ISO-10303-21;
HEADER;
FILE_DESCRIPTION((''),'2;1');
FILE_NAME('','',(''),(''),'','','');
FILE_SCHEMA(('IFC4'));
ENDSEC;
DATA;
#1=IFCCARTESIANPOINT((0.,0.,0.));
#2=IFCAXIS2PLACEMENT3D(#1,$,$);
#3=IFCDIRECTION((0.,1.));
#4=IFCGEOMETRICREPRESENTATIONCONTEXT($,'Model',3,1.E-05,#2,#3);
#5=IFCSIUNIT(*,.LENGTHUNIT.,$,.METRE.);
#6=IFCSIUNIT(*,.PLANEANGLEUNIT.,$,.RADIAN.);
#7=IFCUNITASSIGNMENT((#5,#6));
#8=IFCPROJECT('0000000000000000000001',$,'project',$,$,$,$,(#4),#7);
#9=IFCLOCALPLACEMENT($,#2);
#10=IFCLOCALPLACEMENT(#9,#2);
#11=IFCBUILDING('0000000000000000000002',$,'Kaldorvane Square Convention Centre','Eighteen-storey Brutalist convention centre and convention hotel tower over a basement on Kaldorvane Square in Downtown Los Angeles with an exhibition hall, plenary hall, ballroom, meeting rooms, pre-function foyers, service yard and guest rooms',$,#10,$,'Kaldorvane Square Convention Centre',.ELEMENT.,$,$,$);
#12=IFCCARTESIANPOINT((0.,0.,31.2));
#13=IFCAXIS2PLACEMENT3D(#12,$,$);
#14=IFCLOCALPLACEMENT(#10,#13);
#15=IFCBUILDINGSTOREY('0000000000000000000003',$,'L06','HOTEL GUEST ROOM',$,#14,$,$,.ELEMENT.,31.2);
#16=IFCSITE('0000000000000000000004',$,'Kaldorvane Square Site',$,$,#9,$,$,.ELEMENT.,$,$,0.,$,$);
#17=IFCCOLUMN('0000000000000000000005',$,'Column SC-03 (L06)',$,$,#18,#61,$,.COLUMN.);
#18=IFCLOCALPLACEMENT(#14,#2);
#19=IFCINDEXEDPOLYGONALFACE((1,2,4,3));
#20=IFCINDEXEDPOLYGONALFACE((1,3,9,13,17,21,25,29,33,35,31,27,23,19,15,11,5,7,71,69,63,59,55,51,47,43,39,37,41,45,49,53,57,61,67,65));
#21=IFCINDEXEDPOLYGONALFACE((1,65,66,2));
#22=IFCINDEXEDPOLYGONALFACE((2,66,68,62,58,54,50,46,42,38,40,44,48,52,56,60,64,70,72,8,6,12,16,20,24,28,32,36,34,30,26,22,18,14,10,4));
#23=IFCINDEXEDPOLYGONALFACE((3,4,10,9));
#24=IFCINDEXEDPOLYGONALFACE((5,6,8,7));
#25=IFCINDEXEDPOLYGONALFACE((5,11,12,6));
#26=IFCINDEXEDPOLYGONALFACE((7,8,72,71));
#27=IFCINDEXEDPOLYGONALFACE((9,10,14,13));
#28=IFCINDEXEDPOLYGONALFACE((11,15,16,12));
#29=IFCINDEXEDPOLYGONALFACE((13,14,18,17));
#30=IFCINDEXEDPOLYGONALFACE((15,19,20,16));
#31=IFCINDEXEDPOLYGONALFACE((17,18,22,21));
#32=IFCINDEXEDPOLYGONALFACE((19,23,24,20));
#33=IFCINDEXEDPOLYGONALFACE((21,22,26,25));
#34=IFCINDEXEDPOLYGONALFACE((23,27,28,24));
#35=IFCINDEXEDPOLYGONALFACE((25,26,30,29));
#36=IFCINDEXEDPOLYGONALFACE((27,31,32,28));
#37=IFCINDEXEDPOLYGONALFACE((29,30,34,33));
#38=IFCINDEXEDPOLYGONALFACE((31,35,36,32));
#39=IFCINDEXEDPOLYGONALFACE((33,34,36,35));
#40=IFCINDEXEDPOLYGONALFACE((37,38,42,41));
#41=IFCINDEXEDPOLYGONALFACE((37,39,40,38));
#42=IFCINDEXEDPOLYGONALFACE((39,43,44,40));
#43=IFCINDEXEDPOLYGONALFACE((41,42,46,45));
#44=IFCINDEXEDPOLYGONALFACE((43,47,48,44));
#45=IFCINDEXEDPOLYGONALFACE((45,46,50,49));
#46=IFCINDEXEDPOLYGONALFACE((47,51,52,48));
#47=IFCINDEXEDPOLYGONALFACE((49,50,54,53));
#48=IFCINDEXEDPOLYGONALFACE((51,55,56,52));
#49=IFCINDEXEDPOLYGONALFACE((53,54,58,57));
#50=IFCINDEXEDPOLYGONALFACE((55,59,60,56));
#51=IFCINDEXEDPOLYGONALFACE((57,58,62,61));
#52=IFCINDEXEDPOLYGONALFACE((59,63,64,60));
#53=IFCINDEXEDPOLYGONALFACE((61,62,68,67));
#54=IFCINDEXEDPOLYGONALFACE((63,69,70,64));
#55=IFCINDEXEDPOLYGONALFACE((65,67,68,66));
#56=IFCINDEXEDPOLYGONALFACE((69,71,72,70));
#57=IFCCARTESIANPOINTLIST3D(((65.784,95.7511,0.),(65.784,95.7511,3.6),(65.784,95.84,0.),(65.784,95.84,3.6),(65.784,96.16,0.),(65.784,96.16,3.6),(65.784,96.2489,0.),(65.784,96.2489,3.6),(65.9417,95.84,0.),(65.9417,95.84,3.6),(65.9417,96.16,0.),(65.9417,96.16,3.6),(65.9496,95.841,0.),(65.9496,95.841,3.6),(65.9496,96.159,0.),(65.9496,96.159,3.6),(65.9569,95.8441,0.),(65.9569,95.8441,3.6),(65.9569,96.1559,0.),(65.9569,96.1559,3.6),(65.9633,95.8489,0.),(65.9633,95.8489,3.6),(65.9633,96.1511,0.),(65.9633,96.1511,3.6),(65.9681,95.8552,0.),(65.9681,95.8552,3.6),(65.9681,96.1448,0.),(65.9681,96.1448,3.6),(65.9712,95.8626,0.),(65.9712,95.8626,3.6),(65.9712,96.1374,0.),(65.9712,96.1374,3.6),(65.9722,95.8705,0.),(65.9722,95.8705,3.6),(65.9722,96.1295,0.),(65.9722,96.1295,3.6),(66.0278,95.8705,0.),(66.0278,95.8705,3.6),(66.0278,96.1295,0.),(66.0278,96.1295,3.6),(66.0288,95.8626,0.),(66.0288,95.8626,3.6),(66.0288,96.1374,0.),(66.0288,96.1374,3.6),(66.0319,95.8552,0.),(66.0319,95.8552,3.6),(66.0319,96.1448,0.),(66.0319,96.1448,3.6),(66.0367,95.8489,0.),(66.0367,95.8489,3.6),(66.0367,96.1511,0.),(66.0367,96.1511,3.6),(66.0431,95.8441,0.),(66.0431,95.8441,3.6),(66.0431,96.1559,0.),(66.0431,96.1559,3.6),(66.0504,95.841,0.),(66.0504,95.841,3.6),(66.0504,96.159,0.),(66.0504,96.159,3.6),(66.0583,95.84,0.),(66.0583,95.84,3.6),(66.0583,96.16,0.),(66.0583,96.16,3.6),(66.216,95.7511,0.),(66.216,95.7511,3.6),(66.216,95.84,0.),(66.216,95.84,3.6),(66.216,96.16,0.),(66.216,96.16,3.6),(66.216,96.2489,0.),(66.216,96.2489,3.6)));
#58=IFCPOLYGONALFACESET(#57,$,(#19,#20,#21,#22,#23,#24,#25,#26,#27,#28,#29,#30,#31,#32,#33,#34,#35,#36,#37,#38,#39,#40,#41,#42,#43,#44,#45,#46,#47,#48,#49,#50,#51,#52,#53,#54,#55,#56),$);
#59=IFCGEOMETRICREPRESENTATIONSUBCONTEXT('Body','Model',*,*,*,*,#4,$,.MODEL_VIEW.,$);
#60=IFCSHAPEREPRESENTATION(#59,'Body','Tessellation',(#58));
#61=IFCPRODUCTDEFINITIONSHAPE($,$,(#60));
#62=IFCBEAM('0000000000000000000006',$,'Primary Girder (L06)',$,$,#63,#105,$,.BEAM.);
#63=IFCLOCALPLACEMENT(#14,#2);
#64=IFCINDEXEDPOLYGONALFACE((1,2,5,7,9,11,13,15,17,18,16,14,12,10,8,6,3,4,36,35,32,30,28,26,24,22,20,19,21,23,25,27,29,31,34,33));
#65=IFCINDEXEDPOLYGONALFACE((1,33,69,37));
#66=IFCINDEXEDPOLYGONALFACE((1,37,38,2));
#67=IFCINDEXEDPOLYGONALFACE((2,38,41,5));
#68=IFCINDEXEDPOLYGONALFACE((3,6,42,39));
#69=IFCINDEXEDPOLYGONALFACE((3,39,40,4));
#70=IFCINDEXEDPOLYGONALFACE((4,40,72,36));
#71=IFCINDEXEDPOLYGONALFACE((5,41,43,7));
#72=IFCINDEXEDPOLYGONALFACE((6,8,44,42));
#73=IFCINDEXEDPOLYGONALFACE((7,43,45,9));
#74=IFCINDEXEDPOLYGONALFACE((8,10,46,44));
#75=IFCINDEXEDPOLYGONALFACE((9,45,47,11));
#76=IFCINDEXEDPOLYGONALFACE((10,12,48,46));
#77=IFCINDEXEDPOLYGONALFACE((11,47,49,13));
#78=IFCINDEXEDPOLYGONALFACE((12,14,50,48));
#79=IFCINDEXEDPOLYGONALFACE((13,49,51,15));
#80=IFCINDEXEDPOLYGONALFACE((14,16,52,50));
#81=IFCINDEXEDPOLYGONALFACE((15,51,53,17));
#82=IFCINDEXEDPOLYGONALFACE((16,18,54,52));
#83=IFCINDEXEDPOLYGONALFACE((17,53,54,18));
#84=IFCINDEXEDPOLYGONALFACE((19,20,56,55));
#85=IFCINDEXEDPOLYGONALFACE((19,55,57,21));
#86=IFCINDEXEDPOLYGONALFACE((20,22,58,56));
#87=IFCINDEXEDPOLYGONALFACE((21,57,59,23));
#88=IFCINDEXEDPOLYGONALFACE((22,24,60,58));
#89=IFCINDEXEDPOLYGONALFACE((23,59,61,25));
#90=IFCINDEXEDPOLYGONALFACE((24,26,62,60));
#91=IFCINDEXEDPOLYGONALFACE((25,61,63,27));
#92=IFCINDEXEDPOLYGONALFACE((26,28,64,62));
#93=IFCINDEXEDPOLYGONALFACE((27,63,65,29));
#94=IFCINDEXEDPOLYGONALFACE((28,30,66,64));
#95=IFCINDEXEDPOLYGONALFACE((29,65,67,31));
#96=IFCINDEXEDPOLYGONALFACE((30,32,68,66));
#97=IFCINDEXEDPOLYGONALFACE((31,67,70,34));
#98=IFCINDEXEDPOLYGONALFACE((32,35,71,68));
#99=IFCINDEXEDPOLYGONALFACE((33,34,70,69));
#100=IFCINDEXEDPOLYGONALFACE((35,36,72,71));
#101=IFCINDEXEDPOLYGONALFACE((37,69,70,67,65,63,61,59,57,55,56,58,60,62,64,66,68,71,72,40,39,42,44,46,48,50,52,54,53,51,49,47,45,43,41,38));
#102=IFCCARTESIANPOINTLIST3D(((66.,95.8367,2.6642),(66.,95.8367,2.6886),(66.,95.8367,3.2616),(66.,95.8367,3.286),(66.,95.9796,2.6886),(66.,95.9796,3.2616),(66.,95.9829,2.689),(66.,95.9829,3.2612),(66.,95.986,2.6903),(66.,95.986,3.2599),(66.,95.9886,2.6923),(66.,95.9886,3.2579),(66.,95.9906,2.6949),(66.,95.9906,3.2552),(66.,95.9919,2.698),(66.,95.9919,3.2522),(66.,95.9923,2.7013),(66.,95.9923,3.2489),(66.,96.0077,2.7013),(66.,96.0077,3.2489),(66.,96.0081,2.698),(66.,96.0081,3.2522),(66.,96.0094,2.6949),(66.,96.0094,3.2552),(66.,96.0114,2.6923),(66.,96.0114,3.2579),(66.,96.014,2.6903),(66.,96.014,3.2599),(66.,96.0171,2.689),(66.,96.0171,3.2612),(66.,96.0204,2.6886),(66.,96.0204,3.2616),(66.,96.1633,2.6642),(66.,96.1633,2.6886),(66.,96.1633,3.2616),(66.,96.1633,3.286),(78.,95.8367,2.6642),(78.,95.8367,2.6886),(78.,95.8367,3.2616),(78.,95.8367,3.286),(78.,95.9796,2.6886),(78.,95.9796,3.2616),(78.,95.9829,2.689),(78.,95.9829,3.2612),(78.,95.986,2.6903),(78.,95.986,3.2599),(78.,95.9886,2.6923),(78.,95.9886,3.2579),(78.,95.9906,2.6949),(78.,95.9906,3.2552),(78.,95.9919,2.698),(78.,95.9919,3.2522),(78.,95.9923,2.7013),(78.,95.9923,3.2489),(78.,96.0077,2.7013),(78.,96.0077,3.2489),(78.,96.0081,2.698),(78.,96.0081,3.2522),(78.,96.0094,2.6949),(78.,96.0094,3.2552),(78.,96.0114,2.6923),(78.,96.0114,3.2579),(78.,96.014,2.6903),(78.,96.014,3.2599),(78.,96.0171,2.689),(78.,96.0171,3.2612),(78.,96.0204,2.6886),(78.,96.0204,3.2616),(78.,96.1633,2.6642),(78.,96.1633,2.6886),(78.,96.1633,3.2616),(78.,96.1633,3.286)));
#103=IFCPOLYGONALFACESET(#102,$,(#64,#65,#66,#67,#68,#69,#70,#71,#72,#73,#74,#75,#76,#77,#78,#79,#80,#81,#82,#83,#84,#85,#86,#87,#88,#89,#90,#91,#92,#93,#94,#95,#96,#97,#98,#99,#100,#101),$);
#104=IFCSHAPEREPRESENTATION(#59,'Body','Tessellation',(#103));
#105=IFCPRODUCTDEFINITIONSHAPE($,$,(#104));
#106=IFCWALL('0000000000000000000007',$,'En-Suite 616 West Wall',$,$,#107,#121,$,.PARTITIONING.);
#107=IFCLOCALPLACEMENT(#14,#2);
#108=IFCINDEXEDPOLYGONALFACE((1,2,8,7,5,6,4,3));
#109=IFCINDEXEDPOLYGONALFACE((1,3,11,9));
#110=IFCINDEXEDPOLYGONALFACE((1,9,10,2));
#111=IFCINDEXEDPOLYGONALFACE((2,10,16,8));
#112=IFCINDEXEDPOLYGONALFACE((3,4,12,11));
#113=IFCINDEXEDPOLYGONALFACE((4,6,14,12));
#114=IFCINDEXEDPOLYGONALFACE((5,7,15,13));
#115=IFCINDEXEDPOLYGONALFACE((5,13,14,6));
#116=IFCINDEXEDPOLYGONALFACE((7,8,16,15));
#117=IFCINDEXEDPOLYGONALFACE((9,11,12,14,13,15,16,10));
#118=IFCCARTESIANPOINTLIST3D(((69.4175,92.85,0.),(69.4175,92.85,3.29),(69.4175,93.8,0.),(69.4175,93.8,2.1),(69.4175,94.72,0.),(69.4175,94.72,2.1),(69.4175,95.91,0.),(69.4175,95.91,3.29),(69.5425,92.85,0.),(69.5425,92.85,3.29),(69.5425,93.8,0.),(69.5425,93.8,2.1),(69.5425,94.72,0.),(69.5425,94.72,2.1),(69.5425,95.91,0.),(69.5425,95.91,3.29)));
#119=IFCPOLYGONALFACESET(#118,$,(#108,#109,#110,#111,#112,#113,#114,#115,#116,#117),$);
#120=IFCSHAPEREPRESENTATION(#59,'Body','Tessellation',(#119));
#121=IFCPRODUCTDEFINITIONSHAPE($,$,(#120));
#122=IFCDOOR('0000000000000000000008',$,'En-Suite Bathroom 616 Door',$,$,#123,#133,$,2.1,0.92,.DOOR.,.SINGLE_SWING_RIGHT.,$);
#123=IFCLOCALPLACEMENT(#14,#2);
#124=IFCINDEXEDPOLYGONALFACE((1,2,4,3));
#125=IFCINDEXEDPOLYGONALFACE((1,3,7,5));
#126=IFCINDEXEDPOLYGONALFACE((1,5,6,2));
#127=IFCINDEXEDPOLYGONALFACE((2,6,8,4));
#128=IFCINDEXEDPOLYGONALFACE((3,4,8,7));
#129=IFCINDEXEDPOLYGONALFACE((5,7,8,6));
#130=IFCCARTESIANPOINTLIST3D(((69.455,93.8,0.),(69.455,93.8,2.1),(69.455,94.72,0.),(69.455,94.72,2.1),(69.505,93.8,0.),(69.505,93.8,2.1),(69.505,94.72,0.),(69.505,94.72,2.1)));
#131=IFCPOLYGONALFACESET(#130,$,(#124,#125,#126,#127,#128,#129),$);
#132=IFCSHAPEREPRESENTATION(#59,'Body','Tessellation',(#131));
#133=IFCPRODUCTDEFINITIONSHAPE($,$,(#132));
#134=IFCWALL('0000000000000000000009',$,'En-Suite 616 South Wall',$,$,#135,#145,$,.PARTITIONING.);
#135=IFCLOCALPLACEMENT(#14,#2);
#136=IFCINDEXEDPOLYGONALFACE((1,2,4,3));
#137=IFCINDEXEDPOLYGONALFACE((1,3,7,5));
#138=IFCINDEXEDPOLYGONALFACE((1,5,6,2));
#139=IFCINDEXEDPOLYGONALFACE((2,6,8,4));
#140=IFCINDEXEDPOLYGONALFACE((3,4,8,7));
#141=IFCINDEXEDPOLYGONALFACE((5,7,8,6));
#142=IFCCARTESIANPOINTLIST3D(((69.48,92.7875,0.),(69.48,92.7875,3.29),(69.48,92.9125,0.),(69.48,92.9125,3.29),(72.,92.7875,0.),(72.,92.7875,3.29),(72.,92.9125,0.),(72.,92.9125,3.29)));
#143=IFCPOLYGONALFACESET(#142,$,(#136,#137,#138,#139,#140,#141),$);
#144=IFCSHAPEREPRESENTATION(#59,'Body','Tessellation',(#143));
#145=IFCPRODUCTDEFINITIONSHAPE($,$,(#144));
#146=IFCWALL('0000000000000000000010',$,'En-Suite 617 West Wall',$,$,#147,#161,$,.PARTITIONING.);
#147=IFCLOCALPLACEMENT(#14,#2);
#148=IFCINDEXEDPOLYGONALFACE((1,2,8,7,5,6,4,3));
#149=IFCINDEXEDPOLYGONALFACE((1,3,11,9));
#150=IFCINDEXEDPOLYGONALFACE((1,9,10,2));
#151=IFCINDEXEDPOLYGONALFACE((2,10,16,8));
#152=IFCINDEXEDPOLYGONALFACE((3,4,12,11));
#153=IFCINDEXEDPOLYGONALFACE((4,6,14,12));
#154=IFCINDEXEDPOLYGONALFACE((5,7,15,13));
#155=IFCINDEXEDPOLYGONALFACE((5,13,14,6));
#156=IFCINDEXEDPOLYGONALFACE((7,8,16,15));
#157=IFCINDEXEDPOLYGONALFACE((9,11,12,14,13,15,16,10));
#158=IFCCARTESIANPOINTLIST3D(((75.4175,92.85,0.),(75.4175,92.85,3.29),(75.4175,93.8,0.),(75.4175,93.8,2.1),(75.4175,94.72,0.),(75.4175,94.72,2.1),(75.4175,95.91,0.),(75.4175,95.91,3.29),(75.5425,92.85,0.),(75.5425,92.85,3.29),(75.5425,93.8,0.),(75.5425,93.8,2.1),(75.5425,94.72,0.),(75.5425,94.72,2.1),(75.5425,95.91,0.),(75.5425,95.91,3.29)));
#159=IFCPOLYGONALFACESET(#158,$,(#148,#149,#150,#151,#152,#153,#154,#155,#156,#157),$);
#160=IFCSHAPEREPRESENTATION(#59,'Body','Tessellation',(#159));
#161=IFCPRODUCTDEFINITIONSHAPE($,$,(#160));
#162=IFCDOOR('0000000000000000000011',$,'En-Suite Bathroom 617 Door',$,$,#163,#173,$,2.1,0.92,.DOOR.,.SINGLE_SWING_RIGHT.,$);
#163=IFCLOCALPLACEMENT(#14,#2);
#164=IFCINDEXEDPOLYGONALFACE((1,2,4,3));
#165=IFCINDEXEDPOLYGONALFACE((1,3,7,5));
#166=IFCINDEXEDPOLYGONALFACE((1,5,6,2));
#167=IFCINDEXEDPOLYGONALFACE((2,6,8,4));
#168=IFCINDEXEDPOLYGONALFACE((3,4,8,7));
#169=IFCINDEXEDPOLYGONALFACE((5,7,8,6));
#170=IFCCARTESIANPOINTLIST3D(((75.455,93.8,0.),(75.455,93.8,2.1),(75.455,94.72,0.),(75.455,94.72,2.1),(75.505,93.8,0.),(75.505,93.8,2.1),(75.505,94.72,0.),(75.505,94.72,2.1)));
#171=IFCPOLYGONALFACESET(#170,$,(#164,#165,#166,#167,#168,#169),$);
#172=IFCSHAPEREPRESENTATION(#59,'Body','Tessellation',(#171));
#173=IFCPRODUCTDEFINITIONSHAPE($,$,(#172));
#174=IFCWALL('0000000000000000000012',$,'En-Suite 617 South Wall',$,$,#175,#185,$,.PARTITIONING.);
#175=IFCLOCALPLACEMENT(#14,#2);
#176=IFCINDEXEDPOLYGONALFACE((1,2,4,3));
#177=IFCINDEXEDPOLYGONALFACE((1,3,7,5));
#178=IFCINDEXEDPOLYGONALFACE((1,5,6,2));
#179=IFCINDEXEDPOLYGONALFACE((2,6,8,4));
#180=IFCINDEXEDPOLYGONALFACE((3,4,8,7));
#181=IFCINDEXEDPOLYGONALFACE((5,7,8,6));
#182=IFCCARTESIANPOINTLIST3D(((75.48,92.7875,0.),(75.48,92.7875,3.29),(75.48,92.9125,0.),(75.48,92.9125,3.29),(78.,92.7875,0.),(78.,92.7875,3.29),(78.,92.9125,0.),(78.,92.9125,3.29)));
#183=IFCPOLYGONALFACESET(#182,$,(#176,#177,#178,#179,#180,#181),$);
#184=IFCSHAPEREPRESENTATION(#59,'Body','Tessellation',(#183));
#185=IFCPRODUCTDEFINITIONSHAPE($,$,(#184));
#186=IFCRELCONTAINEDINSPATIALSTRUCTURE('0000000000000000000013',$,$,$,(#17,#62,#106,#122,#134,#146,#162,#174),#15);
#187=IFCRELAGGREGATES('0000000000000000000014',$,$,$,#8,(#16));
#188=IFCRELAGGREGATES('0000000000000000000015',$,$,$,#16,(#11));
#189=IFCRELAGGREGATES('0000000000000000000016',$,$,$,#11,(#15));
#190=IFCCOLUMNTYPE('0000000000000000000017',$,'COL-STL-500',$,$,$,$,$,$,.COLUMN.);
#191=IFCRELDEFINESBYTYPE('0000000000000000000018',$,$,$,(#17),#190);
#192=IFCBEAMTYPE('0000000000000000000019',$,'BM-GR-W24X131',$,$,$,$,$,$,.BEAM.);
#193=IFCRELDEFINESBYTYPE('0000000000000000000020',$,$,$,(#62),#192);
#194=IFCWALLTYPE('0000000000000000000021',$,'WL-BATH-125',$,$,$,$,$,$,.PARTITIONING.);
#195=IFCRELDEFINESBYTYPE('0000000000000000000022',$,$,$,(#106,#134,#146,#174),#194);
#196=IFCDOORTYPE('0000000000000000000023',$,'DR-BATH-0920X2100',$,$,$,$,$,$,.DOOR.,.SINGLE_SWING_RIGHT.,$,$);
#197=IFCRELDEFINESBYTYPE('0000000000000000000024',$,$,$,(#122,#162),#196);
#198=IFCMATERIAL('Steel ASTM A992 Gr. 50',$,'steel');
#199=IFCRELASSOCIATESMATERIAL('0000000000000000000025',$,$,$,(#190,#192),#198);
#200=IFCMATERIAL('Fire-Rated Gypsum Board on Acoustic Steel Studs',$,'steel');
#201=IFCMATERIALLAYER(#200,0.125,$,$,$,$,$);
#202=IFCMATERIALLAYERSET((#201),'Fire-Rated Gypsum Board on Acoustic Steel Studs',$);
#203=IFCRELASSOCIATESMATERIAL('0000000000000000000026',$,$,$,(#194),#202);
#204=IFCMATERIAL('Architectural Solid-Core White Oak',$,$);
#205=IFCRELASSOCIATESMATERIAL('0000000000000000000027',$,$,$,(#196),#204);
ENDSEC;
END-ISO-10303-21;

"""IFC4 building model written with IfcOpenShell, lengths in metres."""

from ifc_helpers import new_model, si_unit, direction, frame, frame_2d, origin, origin_2d, place, context, subcontext, project, spatial, rectangle, i_section, extrude, material, layer, layer_set, material_profile, profile_set, type_object, element, fill, save


model = new_model("IFC4")

# Units and contexts
model_context = context("Model", 3, precision=1e-05, world=origin(), true_north=direction((0.0, 1.0)))
body_context = subcontext(model_context, "Body", "Model", "MODEL_VIEW")
ifc_project = project(units=[si_unit("LENGTHUNIT", "METRE"), si_unit("PLANEANGLEUNIT", "RADIAN")], contexts=[model_context])

# Site, building, storey
site_placement = place(None, origin())
site = spatial("IfcSite", under=ifc_project, at=site_placement, Name="Kaldorvane Square Site", CompositionType="ELEMENT", RefElevation=0.0)
building_placement = place(site_placement, origin())
building = spatial("IfcBuilding", under=site, at=building_placement, Name="Kaldorvane Square Convention Centre", Description="Eighteen-storey Brutalist convention centre and convention hotel tower over a basement on Kaldorvane Square in Downtown Los Angeles with an exhibition hall, plenary hall, ballroom, meeting rooms, pre-function foyers, service yard and guest rooms", LongName="Kaldorvane Square Convention Centre", CompositionType="ELEMENT")
storey_placement = place(building_placement, frame((0.0, 0.0, 31.2)))
storey = spatial("IfcBuildingStorey", under=building, at=storey_placement, Name="L06", Description="HOTEL GUEST ROOM", CompositionType="ELEMENT", Elevation=31.2)

# Column
ifc_material_1 = material(Name="Steel ASTM A992 Gr. 50", Category="steel")
ifc_material_profile_1 = material_profile(ifc_material_1, i_section(OverallWidth=0.4321, OverallDepth=0.4978, WebThickness=0.0556, FlangeThickness=0.0889, FilletRadius=0.0305, at=origin_2d()), Name="W14X500")
ifc_profile_set_1 = profile_set([ifc_material_profile_1], Name="Steel ASTM A992 Gr. 50")
column_type = type_object("IfcColumnType", Name="COL-STL-500", PredefinedType="COLUMN", material=ifc_profile_set_1)
column_placement = place(storey_placement, frame((66.0, 96.0, 0.0), z_axis=(0.0, 0.0, 1.0), x_axis=(1.0, 0.0, 0.0)))
element("IfcColumn", 1, at=column_placement, inside=storey, type_object=column_type, Name="Column SC-03 (L06)", PredefinedType="COLUMN", context=body_context, shape_type="SweptSolid", body=[
    extrude(i_section(OverallWidth=0.4321, OverallDepth=0.4978, WebThickness=0.0556, FlangeThickness=0.0889, FilletRadius=0.0305, at=origin_2d()), origin(), (0.0, 0.0, 1.0), 3.6),
])

# Beam
ifc_material_profile_2 = material_profile(ifc_material_1, i_section(OverallWidth=0.3265, OverallDepth=0.6218, WebThickness=0.0154, FlangeThickness=0.0244, FilletRadius=0.0127, at=origin_2d()), Name="W24X131")
ifc_profile_set_2 = profile_set([ifc_material_profile_2], Name="Steel ASTM A992 Gr. 50")
beam_type = type_object("IfcBeamType", Name="BM-GR-W24X131", PredefinedType="BEAM", material=ifc_profile_set_2)
beam_placement = place(storey_placement, frame((66.0, 96.0, 2.9751), z_axis=(1.0, 0.0, 0.0), x_axis=(0.0, 1.0, 0.0)))
element("IfcBeam", 2, at=beam_placement, inside=storey, type_object=beam_type, Name="Primary Girder (L06)", PredefinedType="BEAM", context=body_context, shape_type="SweptSolid", body=[
    extrude(i_section(OverallWidth=0.3265, OverallDepth=0.6218, WebThickness=0.0154, FlangeThickness=0.0244, FilletRadius=0.0127, at=origin_2d()), origin(), (0.0, 0.0, 1.0), 12.0),
])

# Wall, opening, door
ifc_material_2 = material(Name="Fire-Rated Gypsum Board on Acoustic Steel Studs", Category="steel")
ifc_layer_1 = layer(ifc_material_2, 0.125)
ifc_layer_set_1 = layer_set([ifc_layer_1], Name="Fire-Rated Gypsum Board on Acoustic Steel Studs")
wall_type_1 = type_object("IfcWallType", Name="WL-BATH-125", PredefinedType="PARTITIONING", material=ifc_layer_set_1)
wall_1_placement = place(storey_placement, frame((69.48, 92.85, 0.0), z_axis=(0.0, 0.0, 1.0), x_axis=(0.0, 1.0, 0.0)))
wall_1 = element("IfcWall", 3, at=wall_1_placement, inside=storey, type_object=wall_type_1, Name="En-Suite 616 West Wall", PredefinedType="PARTITIONING", context=body_context, shape_type="SweptSolid", body=[
    extrude(rectangle(XDim=3.06, YDim=0.125, at=frame_2d((1.53, 0.0))), origin(), (0.0, 0.0, 1.0), 3.29),
])
opening_1_placement = place(wall_1_placement, frame((0.95, 0.0, 0.0)))
opening_1 = element("IfcOpeningElement", 4, at=opening_1_placement, cuts=wall_1, PredefinedType="OPENING", context=body_context, shape_type="SweptSolid", body=[
    extrude(rectangle(XDim=0.92, YDim=2.1, at=frame_2d((0.46, 1.05))), frame((0.0, 0.0775, 0.0), z_axis=(0.0, -1.0, 0.0), x_axis=(1.0, 0.0, 0.0)), (0.0, 0.0, 1.0), 0.155),
])
ifc_material_3 = material(Name="Architectural Solid-Core White Oak")
door_type_1 = type_object("IfcDoorType", Name="DR-BATH-0920X2100", OperationType="SINGLE_SWING_RIGHT", PredefinedType="DOOR", material=ifc_material_3)
door_1_placement = place(opening_1_placement, origin())
door_1 = element("IfcDoor", 5, at=door_1_placement, inside=storey, type_object=door_type_1, Name="En-Suite Bathroom 616 Door", OperationType="SINGLE_SWING_RIGHT", OverallHeight=2.1, OverallWidth=0.92, PredefinedType="DOOR", context=body_context, shape_type="SweptSolid", body=[
    extrude(rectangle(XDim=0.92, YDim=2.1, at=frame_2d((0.46, 1.05))), frame((0.0, 0.025, 0.0), z_axis=(0.0, -1.0, 0.0), x_axis=(1.0, 0.0, 0.0)), (0.0, 0.0, 1.0), 0.05),
])
fill(opening_1, door_1)

# Wall
wall_2_placement = place(storey_placement, frame((69.48, 92.85, 0.0), z_axis=(0.0, 0.0, 1.0), x_axis=(1.0, 0.0, 0.0)))
element("IfcWall", 6, at=wall_2_placement, inside=storey, type_object=wall_type_1, Name="En-Suite 616 South Wall", PredefinedType="PARTITIONING", context=body_context, shape_type="SweptSolid", body=[
    extrude(rectangle(XDim=2.52, YDim=0.125, at=frame_2d((1.26, 0.0))), origin(), (0.0, 0.0, 1.0), 3.29),
])

# Wall, opening, door
wall_3_placement = place(storey_placement, frame((75.48, 92.85, 0.0), z_axis=(0.0, 0.0, 1.0), x_axis=(0.0, 1.0, 0.0)))
wall_3 = element("IfcWall", 7, at=wall_3_placement, inside=storey, type_object=wall_type_1, Name="En-Suite 617 West Wall", PredefinedType="PARTITIONING", context=body_context, shape_type="SweptSolid", body=[
    extrude(rectangle(XDim=3.06, YDim=0.125, at=frame_2d((1.53, 0.0))), origin(), (0.0, 0.0, 1.0), 3.29),
])
opening_2_placement = place(wall_3_placement, frame((0.95, 0.0, 0.0)))
opening_2 = element("IfcOpeningElement", 8, at=opening_2_placement, cuts=wall_3, PredefinedType="OPENING", context=body_context, shape_type="SweptSolid", body=[
    extrude(rectangle(XDim=0.92, YDim=2.1, at=frame_2d((0.46, 1.05))), frame((0.0, 0.0775, 0.0), z_axis=(0.0, -1.0, 0.0), x_axis=(1.0, 0.0, 0.0)), (0.0, 0.0, 1.0), 0.155),
])
door_2_placement = place(opening_2_placement, origin())
door_2 = element("IfcDoor", 9, at=door_2_placement, inside=storey, type_object=door_type_1, Name="En-Suite Bathroom 617 Door", OperationType="SINGLE_SWING_RIGHT", OverallHeight=2.1, OverallWidth=0.92, PredefinedType="DOOR", context=body_context, shape_type="SweptSolid", body=[
    extrude(rectangle(XDim=0.92, YDim=2.1, at=frame_2d((0.46, 1.05))), frame((0.0, 0.025, 0.0), z_axis=(0.0, -1.0, 0.0), x_axis=(1.0, 0.0, 0.0)), (0.0, 0.0, 1.0), 0.05),
])
fill(opening_2, door_2)

# Wall
wall_4_placement = place(storey_placement, frame((75.48, 92.85, 0.0), z_axis=(0.0, 0.0, 1.0), x_axis=(1.0, 0.0, 0.0)))
element("IfcWall", 10, at=wall_4_placement, inside=storey, type_object=wall_type_1, Name="En-Suite 617 South Wall", PredefinedType="PARTITIONING", context=body_context, shape_type="SweptSolid", body=[
    extrude(rectangle(XDim=2.52, YDim=0.125, at=frame_2d((1.26, 0.0))), origin(), (0.0, 0.0, 1.0), 3.29),
])

save(model, "model.ifc")
